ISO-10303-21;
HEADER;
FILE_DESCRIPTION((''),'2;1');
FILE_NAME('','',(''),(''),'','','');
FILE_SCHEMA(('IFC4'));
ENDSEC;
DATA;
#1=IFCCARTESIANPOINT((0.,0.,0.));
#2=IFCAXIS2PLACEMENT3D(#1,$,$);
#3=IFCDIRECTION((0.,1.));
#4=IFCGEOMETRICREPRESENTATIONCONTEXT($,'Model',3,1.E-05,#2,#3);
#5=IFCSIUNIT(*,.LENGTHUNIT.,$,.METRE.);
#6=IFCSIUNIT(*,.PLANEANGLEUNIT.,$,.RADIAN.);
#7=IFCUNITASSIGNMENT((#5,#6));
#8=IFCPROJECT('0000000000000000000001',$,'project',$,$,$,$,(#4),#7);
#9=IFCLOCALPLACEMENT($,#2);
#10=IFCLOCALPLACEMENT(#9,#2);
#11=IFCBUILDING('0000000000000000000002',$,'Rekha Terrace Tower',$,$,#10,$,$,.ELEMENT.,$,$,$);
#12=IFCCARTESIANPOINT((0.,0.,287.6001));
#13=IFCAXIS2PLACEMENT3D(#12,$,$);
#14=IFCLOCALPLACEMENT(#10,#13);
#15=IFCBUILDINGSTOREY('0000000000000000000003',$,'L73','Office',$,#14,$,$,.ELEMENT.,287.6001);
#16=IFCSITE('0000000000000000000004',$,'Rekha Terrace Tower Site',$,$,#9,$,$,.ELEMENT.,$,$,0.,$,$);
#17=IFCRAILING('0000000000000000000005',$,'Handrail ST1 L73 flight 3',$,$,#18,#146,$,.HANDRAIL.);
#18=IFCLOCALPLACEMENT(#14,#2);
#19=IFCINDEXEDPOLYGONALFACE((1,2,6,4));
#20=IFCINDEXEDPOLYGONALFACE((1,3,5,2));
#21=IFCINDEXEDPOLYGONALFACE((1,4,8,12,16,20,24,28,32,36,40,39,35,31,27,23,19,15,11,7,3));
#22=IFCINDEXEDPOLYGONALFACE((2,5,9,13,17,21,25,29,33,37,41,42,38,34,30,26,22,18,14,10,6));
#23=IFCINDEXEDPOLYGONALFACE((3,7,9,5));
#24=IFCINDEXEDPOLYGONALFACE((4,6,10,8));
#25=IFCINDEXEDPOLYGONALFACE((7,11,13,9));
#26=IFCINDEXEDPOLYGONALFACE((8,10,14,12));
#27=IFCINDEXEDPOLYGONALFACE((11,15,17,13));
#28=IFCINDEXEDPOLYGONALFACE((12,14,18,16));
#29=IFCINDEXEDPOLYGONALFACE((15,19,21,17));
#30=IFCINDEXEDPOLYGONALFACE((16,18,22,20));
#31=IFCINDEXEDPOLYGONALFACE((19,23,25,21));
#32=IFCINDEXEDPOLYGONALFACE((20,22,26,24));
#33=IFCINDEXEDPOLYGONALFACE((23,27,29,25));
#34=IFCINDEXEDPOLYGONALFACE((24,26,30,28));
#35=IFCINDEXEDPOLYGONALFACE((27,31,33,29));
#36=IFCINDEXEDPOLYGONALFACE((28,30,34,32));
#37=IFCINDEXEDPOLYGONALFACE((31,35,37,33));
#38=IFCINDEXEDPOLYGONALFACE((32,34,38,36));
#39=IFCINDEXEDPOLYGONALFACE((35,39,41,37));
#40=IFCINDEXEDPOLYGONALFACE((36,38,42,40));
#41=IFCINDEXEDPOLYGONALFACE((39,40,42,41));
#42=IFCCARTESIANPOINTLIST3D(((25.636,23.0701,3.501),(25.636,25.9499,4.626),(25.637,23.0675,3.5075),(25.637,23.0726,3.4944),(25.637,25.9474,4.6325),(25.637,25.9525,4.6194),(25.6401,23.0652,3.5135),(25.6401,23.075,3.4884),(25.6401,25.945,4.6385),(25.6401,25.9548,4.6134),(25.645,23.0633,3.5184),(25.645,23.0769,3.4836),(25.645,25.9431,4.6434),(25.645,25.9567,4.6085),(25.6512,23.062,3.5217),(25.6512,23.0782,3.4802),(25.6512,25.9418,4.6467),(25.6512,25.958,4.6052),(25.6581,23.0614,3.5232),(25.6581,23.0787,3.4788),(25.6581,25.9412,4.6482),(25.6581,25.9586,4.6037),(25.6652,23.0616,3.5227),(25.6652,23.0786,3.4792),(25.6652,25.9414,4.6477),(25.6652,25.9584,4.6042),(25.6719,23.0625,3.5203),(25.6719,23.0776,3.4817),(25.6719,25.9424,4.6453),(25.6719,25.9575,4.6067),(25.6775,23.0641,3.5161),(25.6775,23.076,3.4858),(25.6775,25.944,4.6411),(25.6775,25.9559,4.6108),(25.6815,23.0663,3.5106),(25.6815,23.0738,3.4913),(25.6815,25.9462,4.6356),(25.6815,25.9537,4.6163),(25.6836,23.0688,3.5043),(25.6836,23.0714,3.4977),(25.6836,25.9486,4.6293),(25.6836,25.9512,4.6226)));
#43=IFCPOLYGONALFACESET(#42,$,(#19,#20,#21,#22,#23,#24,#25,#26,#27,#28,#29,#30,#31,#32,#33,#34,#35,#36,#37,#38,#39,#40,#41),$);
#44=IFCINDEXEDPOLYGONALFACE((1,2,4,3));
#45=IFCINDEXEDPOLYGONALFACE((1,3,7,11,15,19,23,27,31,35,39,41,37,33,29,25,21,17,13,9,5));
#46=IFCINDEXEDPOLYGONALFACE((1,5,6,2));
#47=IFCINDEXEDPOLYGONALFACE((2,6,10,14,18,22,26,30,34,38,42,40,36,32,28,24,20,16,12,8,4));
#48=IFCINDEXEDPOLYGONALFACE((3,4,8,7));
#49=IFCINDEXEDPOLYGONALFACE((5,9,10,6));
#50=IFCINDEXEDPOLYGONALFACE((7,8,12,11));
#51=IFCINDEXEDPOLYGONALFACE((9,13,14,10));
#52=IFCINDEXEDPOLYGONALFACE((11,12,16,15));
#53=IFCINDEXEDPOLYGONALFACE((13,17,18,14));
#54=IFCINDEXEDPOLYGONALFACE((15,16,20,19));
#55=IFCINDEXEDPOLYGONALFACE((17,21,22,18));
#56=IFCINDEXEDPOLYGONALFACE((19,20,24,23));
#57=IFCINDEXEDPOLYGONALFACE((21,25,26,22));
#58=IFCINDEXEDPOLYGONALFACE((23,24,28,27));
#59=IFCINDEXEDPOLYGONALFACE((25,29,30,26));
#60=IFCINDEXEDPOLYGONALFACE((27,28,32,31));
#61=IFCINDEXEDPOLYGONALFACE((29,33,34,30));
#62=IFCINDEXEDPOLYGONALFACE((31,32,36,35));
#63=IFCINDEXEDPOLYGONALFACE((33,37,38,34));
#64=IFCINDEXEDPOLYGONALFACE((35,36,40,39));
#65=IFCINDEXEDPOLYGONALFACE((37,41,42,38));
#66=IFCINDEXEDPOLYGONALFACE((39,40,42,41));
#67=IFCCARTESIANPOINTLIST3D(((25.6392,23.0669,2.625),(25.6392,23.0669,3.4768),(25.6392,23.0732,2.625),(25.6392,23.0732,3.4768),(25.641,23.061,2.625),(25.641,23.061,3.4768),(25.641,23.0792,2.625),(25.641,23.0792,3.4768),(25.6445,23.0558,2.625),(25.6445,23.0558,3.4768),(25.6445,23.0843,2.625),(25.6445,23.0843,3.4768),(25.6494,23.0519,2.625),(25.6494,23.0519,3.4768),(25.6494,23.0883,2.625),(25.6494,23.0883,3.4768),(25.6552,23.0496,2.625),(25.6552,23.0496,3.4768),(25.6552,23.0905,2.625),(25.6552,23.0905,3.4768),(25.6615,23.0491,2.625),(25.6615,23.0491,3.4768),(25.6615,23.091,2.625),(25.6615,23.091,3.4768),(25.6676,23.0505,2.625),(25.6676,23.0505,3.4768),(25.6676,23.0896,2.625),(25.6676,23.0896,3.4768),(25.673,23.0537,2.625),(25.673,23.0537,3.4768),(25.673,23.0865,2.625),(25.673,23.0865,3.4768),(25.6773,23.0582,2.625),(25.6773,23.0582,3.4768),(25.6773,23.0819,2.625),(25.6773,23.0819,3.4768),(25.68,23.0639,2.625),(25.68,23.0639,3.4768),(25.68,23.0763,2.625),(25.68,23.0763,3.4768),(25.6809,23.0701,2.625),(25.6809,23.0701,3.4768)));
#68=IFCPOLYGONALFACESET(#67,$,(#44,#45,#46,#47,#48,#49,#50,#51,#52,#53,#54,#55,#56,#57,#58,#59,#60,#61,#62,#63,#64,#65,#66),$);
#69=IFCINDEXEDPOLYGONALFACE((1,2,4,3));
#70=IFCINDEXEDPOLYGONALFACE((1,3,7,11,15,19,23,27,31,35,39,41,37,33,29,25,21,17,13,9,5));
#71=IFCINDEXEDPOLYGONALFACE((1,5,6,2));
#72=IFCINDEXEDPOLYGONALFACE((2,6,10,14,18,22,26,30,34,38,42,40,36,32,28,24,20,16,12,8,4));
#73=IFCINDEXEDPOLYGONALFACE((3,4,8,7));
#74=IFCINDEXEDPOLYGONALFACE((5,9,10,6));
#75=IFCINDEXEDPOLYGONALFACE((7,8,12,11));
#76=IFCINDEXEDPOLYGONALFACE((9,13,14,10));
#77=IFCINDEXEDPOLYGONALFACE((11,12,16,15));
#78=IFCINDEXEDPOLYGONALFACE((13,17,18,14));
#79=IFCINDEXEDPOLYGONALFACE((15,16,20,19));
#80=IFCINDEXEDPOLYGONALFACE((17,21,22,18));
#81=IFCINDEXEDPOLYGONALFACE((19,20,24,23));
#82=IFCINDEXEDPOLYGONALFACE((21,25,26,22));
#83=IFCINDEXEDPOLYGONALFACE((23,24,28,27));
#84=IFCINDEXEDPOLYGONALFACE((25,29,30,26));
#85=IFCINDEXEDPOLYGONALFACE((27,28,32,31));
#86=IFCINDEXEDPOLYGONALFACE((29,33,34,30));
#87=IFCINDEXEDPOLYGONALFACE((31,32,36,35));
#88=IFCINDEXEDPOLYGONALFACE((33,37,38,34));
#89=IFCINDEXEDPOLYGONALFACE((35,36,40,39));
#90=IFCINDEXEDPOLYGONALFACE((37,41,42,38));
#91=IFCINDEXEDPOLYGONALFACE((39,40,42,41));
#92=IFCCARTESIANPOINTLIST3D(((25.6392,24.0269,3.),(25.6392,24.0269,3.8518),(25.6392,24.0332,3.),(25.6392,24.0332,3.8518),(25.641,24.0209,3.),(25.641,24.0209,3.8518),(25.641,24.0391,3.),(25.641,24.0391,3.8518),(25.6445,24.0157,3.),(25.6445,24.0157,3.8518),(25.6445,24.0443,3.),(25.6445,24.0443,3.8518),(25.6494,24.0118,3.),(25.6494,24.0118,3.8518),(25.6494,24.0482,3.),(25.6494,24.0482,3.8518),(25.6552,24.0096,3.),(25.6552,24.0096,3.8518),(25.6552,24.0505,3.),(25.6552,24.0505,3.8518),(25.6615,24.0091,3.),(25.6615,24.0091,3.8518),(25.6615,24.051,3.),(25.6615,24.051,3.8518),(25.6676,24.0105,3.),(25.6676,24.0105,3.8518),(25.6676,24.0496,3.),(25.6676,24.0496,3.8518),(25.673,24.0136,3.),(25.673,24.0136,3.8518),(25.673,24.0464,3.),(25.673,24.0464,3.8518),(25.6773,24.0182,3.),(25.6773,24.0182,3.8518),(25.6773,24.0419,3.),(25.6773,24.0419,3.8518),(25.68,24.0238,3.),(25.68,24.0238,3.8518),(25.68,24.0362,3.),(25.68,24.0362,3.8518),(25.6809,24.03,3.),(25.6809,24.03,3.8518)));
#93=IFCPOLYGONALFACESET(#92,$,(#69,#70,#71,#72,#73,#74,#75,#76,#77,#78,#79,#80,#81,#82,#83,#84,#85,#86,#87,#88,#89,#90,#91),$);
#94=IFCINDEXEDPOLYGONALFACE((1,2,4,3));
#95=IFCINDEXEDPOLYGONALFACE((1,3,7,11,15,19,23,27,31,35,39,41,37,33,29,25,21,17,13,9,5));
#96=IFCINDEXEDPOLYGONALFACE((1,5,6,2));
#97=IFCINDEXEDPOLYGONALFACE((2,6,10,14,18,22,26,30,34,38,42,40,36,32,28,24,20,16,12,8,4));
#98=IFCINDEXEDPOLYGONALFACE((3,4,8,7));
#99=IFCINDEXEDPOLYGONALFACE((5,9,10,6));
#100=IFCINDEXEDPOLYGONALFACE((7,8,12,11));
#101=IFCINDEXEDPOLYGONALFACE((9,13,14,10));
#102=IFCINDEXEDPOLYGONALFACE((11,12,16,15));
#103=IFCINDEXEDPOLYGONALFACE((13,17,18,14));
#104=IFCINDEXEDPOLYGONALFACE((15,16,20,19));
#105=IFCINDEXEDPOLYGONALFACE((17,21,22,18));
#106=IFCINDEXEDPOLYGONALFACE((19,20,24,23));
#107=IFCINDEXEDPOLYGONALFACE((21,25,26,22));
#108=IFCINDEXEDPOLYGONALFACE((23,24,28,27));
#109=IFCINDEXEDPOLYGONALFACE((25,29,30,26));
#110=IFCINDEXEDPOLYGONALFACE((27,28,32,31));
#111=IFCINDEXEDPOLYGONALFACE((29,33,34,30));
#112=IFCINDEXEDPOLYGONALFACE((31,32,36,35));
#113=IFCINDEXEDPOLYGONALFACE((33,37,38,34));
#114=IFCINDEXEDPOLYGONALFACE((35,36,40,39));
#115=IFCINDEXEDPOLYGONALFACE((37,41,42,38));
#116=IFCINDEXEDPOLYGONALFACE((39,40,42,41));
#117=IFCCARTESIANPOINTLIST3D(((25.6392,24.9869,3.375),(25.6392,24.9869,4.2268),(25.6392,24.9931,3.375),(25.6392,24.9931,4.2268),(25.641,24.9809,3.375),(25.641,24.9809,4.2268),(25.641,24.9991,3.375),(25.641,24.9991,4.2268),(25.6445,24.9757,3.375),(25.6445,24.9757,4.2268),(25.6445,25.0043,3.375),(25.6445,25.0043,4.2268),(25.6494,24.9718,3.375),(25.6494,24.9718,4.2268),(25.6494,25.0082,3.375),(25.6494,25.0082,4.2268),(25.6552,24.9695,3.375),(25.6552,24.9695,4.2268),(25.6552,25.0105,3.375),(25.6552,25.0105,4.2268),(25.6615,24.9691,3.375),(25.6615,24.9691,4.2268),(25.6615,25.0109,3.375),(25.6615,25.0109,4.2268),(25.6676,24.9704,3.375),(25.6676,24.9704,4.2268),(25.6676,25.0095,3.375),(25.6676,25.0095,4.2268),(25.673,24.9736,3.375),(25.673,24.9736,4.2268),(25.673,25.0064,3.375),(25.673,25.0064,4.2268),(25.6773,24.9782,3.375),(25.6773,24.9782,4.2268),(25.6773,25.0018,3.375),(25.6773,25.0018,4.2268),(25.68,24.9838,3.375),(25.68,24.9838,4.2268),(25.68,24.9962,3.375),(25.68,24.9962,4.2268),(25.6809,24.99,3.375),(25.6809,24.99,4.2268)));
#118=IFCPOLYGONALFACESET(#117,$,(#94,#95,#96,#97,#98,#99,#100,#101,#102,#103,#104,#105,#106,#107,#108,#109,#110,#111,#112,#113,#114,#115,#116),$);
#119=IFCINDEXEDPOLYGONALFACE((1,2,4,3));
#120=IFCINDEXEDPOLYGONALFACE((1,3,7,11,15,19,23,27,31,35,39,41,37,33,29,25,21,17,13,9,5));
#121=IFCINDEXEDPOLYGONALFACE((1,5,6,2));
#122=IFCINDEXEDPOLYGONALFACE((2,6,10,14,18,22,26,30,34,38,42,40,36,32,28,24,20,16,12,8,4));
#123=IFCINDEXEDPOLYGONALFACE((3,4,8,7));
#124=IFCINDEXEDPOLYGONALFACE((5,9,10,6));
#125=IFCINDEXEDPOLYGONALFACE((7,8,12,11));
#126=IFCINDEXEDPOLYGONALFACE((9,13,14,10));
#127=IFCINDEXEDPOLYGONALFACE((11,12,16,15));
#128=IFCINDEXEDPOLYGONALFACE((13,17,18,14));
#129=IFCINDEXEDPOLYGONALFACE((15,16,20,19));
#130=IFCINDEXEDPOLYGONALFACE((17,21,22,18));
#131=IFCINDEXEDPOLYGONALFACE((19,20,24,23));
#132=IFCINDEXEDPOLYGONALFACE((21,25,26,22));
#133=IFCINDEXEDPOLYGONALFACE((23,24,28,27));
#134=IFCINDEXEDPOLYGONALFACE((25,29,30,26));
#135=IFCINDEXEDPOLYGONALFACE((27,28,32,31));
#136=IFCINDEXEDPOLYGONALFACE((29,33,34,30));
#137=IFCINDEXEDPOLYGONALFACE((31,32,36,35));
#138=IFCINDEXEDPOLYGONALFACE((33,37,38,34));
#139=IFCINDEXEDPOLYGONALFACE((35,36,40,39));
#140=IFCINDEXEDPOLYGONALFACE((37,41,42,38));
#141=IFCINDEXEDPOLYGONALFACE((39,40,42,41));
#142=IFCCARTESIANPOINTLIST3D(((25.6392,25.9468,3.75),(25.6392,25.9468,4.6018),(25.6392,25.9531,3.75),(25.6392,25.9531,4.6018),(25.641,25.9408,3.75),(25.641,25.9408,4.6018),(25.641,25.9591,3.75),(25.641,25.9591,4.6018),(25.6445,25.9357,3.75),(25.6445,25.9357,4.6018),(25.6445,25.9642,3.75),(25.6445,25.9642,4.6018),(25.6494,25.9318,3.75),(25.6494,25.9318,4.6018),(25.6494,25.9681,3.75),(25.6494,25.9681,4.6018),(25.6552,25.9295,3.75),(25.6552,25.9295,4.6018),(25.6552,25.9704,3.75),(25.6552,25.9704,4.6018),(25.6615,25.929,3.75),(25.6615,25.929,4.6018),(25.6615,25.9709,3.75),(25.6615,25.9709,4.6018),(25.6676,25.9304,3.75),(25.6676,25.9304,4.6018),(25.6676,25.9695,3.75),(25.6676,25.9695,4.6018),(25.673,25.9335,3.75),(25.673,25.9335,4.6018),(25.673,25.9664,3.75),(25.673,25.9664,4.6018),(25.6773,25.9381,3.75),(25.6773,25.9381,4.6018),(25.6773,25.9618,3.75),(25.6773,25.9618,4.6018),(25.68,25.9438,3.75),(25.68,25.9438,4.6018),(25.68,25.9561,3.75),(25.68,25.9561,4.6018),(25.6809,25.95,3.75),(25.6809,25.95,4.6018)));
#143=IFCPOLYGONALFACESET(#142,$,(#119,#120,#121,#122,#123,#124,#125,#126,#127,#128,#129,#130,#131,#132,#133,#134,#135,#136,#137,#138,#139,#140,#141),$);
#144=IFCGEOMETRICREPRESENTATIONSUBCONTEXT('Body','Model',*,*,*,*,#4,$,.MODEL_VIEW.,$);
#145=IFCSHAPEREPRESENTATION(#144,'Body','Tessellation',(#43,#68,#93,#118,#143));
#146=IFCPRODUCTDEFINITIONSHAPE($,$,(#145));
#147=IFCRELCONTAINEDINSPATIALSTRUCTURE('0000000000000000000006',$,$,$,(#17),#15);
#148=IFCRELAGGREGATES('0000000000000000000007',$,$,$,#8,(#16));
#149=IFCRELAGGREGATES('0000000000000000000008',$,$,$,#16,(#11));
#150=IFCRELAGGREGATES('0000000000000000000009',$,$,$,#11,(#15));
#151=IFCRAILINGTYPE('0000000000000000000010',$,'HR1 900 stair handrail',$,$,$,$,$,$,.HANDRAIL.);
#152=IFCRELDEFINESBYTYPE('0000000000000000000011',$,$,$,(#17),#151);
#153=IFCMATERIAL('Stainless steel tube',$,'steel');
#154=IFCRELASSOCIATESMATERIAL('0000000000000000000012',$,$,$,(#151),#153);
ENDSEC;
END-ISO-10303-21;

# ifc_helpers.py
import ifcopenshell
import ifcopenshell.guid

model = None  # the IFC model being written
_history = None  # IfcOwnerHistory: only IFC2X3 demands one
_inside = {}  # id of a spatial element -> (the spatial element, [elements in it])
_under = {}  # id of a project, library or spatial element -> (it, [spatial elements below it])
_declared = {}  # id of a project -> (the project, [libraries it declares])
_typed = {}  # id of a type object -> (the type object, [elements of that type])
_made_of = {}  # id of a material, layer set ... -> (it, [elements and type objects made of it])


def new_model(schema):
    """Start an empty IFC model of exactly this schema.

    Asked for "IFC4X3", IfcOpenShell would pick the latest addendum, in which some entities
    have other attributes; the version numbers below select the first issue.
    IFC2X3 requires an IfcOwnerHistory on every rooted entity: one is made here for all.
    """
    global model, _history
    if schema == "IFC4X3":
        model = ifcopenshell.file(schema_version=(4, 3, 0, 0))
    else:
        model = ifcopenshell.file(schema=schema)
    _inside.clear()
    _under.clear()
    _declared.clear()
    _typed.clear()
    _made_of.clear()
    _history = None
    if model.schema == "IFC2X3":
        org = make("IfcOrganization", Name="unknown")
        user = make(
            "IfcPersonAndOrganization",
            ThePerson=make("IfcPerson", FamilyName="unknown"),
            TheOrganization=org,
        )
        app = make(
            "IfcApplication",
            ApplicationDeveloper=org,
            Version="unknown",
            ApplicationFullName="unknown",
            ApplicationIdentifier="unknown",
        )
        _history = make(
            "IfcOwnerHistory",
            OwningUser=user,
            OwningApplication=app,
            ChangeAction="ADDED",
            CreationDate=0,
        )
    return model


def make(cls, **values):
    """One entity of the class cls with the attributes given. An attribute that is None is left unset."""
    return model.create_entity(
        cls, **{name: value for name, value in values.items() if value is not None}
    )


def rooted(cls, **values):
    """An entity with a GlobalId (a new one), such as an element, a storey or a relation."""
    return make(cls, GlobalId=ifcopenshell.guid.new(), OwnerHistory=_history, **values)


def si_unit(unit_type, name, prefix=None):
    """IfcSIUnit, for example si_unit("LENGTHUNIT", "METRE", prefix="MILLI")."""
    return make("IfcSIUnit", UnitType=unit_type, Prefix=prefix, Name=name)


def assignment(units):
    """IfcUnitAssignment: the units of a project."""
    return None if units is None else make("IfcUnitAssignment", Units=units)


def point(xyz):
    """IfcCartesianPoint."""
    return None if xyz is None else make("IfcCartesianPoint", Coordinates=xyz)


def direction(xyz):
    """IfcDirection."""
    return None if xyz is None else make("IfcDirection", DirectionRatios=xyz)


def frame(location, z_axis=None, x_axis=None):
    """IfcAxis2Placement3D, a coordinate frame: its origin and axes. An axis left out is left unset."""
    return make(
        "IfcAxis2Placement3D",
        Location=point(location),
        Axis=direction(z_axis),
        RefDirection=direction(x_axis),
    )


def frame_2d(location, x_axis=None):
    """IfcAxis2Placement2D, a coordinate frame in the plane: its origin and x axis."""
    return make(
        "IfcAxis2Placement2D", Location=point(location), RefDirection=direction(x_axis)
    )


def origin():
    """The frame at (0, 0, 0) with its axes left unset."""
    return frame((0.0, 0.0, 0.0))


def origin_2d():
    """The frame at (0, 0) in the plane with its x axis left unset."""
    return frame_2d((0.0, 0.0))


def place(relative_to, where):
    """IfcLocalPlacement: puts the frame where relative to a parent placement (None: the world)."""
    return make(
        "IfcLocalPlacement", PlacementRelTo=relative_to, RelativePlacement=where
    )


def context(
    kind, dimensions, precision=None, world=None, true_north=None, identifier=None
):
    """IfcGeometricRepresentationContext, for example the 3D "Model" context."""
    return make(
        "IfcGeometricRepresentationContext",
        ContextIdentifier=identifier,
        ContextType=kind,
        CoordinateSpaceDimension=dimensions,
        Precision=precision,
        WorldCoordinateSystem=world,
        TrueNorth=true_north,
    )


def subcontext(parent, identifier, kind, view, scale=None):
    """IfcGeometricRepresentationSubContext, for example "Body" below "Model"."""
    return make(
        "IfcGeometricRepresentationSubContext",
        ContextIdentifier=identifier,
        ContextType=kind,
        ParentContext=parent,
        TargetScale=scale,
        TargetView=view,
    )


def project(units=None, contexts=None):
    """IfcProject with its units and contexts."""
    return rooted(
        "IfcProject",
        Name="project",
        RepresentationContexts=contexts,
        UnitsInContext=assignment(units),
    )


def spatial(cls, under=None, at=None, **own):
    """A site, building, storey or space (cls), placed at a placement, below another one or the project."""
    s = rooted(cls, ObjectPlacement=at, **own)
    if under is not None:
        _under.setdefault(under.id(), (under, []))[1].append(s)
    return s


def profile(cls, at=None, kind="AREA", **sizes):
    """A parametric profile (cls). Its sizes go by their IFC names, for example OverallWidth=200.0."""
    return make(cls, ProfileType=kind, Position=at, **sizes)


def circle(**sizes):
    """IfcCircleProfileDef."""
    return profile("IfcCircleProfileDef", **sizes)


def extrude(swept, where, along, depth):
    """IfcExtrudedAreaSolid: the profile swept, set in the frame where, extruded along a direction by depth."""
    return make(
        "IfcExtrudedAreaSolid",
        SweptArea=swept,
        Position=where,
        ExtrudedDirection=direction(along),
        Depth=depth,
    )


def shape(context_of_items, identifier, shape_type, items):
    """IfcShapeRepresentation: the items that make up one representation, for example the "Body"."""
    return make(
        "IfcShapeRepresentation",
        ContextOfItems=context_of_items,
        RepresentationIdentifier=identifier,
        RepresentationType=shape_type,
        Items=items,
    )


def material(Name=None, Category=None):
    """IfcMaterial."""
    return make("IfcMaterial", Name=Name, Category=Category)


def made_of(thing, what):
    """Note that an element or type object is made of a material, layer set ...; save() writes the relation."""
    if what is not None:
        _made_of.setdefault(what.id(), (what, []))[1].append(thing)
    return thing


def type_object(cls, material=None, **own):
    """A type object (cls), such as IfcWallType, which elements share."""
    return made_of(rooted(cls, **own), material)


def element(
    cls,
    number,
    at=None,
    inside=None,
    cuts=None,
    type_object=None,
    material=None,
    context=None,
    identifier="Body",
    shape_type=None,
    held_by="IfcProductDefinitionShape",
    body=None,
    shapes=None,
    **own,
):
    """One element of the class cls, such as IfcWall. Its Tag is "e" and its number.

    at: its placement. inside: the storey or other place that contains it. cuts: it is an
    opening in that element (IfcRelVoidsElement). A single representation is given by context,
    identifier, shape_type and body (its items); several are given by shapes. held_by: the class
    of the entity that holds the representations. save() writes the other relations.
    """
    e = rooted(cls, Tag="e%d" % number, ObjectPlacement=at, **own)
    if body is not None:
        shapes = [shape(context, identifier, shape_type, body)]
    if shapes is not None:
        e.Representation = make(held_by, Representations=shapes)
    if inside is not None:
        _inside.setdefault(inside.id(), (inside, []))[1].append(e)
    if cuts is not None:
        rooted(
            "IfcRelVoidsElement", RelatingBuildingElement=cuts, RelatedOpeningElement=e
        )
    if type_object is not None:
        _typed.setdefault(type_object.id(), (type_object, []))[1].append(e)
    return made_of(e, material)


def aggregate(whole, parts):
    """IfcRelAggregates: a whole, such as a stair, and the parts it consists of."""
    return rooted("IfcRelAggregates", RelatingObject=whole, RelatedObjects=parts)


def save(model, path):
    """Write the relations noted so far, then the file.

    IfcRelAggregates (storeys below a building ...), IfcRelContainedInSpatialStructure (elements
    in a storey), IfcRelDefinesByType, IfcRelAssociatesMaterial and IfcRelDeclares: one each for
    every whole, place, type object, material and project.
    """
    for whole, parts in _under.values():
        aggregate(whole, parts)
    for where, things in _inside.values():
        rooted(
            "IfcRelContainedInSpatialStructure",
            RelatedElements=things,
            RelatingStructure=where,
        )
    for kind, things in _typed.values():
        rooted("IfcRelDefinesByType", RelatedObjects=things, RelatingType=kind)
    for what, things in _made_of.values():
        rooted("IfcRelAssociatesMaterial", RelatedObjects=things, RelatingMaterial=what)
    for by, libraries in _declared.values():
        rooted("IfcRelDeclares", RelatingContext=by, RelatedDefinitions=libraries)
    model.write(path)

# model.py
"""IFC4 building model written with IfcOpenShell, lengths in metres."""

from ifc_helpers import new_model, si_unit, direction, frame, origin, origin_2d, place, context, subcontext, project, spatial, circle, extrude, material, type_object, element, save


model = new_model("IFC4")

# Units and contexts
model_context = context("Model", 3, precision=1e-05, world=origin(), true_north=direction((0.0, 1.0)))
body_context = subcontext(model_context, "Body", "Model", "MODEL_VIEW")
ifc_project = project(units=[si_unit("LENGTHUNIT", "METRE"), si_unit("PLANEANGLEUNIT", "RADIAN")], contexts=[model_context])

# Site, building, storey
site_placement = place(None, origin())
site = spatial("IfcSite", under=ifc_project, at=site_placement, Name="Rekha Terrace Tower Site", CompositionType="ELEMENT", RefElevation=0.0)
building_placement = place(site_placement, origin())
building = spatial("IfcBuilding", under=site, at=building_placement, Name="Rekha Terrace Tower", CompositionType="ELEMENT")
storey_placement = place(building_placement, frame((0.0, 0.0, 287.6001)))
storey = spatial("IfcBuildingStorey", under=building, at=storey_placement, Name="L73", Description="Office", CompositionType="ELEMENT", Elevation=287.6001)

# Railing
ifc_material_1 = material(Name="Stainless steel tube", Category="steel")
railing_type_1 = type_object("IfcRailingType", Name="HR1 900 stair handrail", PredefinedType="HANDRAIL", material=ifc_material_1)
railing_1_placement = place(storey_placement, frame((25.6599, 23.0701, 2.625)))
element("IfcRailing", 1, at=railing_1_placement, inside=storey, type_object=railing_type_1, Name="Handrail ST1 L73 flight 3", PredefinedType="HANDRAIL", context=body_context, shape_type="SweptSolid", body=[
    extrude(circle(Radius=0.0239, at=origin_2d()), frame((0.0, 0.0, 0.876), z_axis=(0.0, 0.931452, 0.363863), x_axis=(-1.0, 0.0, 0.0)), (0.0, 0.0, 1.0), 3.0918),
    extrude(circle(Radius=0.021, at=origin_2d()), origin(), (0.0, 0.0, 1.0), 0.8518),
    extrude(circle(Radius=0.021, at=origin_2d()), frame((0.0, 0.96, 0.375)), (0.0, 0.0, 1.0), 0.8518),
    extrude(circle(Radius=0.021, at=origin_2d()), frame((0.0, 1.9199, 0.75)), (0.0, 0.0, 1.0), 0.8518),
    extrude(circle(Radius=0.021, at=origin_2d()), frame((0.0, 2.8799, 1.125)), (0.0, 0.0, 1.0), 0.8518),
])

save(model, "model.ifc")
